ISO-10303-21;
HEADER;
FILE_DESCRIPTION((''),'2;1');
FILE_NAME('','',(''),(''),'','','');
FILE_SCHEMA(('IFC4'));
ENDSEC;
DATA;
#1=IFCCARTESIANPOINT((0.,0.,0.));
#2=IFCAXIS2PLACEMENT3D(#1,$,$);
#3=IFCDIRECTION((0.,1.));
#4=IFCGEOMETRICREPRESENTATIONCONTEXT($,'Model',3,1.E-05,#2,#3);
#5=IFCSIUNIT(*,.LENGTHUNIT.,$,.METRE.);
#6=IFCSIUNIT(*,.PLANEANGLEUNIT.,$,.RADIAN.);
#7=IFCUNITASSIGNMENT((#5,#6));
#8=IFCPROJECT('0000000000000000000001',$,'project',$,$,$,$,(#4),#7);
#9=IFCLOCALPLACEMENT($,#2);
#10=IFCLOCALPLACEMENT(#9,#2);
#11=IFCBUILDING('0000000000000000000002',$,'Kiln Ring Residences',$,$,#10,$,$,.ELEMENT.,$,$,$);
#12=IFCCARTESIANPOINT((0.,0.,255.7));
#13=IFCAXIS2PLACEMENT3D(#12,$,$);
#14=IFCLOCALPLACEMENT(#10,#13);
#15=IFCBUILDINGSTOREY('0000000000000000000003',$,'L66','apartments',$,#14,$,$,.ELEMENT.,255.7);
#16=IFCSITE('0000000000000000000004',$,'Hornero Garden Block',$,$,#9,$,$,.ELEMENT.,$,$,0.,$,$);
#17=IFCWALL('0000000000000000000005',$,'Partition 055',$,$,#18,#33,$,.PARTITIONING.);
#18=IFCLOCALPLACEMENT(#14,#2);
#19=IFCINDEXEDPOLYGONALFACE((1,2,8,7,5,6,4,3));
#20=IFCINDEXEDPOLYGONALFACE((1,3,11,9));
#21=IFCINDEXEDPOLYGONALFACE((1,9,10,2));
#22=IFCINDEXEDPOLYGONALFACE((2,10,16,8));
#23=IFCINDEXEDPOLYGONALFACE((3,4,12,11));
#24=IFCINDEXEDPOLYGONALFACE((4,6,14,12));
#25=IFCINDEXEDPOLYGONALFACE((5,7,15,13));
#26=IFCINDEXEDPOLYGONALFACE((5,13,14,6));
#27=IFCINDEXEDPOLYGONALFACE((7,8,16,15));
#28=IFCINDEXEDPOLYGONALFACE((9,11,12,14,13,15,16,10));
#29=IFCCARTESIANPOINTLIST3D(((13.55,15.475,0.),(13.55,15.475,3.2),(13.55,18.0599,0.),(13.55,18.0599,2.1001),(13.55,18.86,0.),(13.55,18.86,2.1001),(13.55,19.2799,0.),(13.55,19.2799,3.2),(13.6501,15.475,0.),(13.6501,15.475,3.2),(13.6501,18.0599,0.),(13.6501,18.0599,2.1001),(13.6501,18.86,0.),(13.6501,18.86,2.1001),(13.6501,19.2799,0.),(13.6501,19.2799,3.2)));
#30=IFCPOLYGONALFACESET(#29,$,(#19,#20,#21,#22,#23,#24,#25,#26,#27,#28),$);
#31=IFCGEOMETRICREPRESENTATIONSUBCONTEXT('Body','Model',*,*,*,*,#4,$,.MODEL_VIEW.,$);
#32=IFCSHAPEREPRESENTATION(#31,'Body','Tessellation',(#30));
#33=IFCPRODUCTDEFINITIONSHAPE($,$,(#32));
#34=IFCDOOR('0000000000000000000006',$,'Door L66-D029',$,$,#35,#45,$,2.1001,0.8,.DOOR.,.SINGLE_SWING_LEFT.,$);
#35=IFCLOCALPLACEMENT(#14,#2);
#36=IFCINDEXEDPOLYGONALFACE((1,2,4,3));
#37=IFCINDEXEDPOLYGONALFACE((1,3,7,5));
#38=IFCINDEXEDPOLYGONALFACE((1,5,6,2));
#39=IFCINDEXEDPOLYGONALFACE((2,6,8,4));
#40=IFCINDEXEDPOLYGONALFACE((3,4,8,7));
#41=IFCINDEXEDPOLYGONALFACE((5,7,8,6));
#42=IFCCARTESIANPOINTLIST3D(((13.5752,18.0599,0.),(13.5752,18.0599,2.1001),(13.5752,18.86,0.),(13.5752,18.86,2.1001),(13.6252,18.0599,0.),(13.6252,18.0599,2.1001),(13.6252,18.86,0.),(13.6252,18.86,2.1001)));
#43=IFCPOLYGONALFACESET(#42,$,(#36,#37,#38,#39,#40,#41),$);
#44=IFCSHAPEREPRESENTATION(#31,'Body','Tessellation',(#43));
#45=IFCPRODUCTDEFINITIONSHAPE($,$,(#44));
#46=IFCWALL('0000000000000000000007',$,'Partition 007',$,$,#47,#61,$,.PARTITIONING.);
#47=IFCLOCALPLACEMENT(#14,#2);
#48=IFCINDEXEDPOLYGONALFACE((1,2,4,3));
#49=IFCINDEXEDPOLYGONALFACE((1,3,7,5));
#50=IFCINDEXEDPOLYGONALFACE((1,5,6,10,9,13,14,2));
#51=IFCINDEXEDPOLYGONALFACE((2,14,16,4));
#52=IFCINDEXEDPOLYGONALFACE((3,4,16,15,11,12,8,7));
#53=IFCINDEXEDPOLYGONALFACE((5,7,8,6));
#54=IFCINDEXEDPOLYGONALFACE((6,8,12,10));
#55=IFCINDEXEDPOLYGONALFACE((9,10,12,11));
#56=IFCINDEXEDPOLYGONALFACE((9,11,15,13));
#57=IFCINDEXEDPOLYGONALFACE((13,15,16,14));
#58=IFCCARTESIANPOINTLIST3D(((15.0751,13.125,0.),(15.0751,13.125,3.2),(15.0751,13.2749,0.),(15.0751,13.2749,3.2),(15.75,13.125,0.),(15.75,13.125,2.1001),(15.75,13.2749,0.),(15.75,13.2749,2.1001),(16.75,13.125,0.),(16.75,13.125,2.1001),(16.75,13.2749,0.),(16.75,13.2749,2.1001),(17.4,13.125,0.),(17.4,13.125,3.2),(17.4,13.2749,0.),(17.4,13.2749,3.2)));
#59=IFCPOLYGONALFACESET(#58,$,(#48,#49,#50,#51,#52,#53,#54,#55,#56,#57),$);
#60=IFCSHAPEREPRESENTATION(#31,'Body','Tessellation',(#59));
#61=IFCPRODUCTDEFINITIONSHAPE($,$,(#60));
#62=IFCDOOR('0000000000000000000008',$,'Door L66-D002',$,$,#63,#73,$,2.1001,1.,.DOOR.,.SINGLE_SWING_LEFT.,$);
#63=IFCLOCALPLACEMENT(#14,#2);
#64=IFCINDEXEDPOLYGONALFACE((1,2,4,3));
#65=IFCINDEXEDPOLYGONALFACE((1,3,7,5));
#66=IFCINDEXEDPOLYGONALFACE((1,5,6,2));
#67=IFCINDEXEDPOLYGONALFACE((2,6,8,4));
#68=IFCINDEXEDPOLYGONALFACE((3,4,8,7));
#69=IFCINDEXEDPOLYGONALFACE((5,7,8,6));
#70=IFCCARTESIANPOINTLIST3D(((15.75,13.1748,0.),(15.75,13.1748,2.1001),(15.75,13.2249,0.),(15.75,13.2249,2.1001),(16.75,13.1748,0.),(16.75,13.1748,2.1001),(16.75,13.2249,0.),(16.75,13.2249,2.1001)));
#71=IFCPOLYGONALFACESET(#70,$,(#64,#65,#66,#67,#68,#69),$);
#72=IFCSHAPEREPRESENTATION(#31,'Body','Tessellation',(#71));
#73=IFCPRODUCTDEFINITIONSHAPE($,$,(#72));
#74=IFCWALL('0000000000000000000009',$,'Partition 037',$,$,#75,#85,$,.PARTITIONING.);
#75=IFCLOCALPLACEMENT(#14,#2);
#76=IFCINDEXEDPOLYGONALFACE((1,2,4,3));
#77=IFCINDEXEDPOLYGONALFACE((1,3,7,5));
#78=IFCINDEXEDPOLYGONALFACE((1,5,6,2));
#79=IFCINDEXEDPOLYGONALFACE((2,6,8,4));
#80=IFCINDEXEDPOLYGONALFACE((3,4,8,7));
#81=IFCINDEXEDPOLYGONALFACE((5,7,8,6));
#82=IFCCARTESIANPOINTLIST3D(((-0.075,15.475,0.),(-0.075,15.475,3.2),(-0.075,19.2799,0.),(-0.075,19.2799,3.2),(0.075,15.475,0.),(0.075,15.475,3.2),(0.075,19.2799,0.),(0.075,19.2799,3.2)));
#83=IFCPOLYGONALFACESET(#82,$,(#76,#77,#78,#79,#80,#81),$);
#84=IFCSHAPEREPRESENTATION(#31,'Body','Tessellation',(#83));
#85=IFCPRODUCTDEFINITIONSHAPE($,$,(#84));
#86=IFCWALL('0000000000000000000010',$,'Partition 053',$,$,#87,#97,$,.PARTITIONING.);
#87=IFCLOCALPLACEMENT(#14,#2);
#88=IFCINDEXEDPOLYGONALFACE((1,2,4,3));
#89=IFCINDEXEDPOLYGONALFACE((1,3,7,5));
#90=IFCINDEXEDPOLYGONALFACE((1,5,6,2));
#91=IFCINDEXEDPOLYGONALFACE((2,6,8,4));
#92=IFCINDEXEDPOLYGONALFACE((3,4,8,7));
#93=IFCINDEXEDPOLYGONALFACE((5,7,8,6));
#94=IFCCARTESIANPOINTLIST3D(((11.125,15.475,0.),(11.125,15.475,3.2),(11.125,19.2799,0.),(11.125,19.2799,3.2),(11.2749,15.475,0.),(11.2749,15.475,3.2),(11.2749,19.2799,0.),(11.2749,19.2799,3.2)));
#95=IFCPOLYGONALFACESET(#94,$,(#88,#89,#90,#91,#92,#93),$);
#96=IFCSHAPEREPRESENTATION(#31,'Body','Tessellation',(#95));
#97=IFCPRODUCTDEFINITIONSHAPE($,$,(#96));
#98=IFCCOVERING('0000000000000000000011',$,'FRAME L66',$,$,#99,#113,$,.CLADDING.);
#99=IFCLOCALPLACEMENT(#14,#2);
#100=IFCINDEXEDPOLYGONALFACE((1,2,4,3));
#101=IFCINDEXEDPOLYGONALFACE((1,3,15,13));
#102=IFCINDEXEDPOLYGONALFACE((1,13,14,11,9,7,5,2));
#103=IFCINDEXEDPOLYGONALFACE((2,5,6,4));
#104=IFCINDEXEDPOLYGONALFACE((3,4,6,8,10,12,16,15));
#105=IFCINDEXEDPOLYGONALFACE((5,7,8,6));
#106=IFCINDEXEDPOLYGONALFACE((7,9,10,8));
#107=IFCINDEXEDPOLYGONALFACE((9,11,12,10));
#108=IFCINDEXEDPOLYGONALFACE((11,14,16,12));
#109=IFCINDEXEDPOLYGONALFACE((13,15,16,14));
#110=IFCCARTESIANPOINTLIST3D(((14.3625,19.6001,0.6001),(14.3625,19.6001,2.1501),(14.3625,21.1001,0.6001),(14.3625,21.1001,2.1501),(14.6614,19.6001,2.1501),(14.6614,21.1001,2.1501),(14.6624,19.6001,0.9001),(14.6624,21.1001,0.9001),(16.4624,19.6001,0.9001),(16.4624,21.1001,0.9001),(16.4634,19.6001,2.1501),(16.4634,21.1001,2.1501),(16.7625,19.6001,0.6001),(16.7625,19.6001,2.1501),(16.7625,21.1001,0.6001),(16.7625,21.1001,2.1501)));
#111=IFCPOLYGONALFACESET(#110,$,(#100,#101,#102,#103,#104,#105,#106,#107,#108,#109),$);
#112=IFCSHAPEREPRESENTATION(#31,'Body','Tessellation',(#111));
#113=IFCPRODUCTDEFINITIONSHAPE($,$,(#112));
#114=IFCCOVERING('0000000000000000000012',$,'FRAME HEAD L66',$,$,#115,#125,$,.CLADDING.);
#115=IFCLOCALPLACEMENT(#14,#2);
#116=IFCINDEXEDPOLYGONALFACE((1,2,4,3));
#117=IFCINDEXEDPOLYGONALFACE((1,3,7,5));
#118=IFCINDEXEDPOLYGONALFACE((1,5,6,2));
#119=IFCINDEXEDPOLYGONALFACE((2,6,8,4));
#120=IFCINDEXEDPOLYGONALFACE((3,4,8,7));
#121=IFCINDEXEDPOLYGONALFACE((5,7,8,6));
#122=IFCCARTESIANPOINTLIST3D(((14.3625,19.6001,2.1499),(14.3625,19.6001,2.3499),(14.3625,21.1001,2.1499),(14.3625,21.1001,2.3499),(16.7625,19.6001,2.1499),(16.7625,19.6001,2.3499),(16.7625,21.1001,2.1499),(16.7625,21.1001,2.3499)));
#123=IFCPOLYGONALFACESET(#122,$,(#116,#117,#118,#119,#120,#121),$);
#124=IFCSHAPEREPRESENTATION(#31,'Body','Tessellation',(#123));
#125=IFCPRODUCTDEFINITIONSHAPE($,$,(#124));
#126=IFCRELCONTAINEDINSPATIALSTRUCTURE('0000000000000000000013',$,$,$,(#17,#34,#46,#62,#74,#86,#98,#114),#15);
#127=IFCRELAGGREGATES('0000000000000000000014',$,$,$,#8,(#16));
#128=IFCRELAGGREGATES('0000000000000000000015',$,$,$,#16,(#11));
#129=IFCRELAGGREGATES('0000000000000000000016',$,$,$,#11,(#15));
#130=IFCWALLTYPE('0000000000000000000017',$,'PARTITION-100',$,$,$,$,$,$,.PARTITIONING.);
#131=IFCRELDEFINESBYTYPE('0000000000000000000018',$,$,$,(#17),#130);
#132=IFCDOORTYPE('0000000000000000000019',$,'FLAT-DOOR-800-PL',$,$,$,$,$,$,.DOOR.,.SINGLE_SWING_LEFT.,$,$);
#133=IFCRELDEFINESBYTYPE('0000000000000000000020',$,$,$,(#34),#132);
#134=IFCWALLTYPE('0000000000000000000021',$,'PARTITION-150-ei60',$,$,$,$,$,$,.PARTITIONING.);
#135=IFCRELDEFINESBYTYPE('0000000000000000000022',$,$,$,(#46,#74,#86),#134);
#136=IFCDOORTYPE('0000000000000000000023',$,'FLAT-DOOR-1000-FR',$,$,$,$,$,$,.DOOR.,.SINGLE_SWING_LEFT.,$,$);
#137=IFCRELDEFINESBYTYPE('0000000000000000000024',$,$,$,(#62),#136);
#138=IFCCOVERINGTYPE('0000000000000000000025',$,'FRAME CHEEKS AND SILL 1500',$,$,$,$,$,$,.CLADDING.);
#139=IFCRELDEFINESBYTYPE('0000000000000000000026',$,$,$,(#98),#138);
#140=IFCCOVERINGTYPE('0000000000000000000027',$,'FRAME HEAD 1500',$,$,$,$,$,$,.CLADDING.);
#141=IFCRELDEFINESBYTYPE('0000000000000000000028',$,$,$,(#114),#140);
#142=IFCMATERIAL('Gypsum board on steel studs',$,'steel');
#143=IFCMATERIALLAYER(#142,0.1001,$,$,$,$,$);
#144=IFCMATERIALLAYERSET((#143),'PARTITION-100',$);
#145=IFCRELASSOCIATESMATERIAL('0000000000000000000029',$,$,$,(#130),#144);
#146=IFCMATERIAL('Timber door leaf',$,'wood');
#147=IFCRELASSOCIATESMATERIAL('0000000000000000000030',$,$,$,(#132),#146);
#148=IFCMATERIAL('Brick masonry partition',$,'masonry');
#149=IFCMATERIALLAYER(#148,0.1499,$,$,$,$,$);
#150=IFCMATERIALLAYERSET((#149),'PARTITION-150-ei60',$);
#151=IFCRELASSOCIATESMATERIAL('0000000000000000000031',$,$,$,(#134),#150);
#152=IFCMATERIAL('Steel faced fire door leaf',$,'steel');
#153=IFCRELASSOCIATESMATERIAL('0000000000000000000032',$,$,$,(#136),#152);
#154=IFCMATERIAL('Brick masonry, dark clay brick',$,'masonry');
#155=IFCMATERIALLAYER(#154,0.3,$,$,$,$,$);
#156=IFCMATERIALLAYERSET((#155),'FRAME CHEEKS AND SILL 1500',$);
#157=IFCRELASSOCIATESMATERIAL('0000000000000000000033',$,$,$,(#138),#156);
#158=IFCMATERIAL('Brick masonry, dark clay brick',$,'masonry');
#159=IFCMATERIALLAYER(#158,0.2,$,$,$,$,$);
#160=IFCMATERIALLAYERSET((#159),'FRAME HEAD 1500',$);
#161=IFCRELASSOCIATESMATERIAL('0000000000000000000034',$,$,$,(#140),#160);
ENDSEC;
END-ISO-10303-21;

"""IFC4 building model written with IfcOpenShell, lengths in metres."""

from ifc_helpers import new_model, si_unit, direction, frame, frame_2d, origin, origin_2d, place, context, subcontext, project, spatial, polyline, rectangle, outline, extrude, material, layer, layer_set, type_object, element, fill, save


model = new_model("IFC4")

# Units and contexts
model_context = context("Model", 3, precision=1e-05, world=origin(), true_north=direction((0.0, 1.0)))
body_context = subcontext(model_context, "Body", "Model", "MODEL_VIEW")
ifc_project = project(units=[si_unit("LENGTHUNIT", "METRE"), si_unit("PLANEANGLEUNIT", "RADIAN")], contexts=[model_context])

# Site, building, storey
site_placement = place(None, origin())
site = spatial("IfcSite", under=ifc_project, at=site_placement, Name="Hornero Garden Block", CompositionType="ELEMENT", RefElevation=0.0)
building_placement = place(site_placement, origin())
building = spatial("IfcBuilding", under=site, at=building_placement, Name="Kiln Ring Residences", CompositionType="ELEMENT")
storey_placement = place(building_placement, frame((0.0, 0.0, 255.7)))
storey = spatial("IfcBuildingStorey", under=building, at=storey_placement, Name="L66", Description="apartments", CompositionType="ELEMENT", Elevation=255.7)

# Walls, openings, doors
ifc_material_1 = material(Name="Gypsum board on steel studs", Category="steel")
ifc_layer_1 = layer(ifc_material_1, 0.1001)
ifc_layer_set_1 = layer_set([ifc_layer_1], Name="PARTITION-100")
wall_type_1 = type_object("IfcWallType", Name="PARTITION-100", PredefinedType="PARTITIONING", material=ifc_layer_set_1)
ifc_material_2 = material(Name="Timber door leaf", Category="wood")
door_type_1 = type_object("IfcDoorType", Name="FLAT-DOOR-800-PL", OperationType="SINGLE_SWING_LEFT", PredefinedType="DOOR", material=ifc_material_2)
wall_1_placement = place(storey_placement, frame((13.6001, 15.4751, 0.0), z_axis=(0.0, 0.0, 1.0), x_axis=(0.0, 1.0, 0.0)))
wall_1 = element("IfcWall", 1, at=wall_1_placement, inside=storey, type_object=wall_type_1, Name="Partition 055", PredefinedType="PARTITIONING", context=body_context, shape_type="SweptSolid", body=[
    extrude(rectangle(XDim=3.8049, YDim=0.1001, at=frame_2d((1.9023, 0.0))), origin(), (0.0, 0.0, 1.0), 3.2),
])
opening_1_placement = place(wall_1_placement, frame((2.585, 0.0, 0.0)))
opening_1 = element("IfcOpeningElement", 2, at=opening_1_placement, cuts=wall_1, PredefinedType="OPENING", context=body_context, shape_type="SweptSolid", body=[
    extrude(rectangle(XDim=0.8, YDim=2.1001, at=frame_2d((0.3999, 1.05))), frame((0.0, 0.0601, 0.0), z_axis=(0.0, -1.0, 0.0), x_axis=(1.0, 0.0, 0.0)), (0.0, 0.0, 1.0), 0.1201),
])
door_1_placement = place(opening_1_placement, origin())
door_1 = element("IfcDoor", 3, at=door_1_placement, inside=storey, type_object=door_type_1, Name="Door L66-D029", OperationType="SINGLE_SWING_LEFT", OverallHeight=2.1001, OverallWidth=0.8, PredefinedType="DOOR", context=body_context, shape_type="SweptSolid", body=[
    extrude(rectangle(XDim=0.8, YDim=2.1001, at=frame_2d((0.3999, 1.05))), frame((0.0, 0.0249, 0.0), z_axis=(0.0, -1.0, 0.0), x_axis=(1.0, 0.0, 0.0)), (0.0, 0.0, 1.0), 0.05),
])
fill(opening_1, door_1)
ifc_material_3 = material(Name="Brick masonry partition", Category="masonry")
ifc_layer_2 = layer(ifc_material_3, 0.1499)
ifc_layer_set_2 = layer_set([ifc_layer_2], Name="PARTITION-150-ei60")
wall_type_2 = type_object("IfcWallType", Name="PARTITION-150-ei60", PredefinedType="PARTITIONING", material=ifc_layer_set_2)
wall_2_placement = place(storey_placement, frame((15.075, 13.2, 0.0), z_axis=(0.0, 0.0, 1.0), x_axis=(1.0, 0.0, 0.0)))
wall_2 = element("IfcWall", 4, at=wall_2_placement, inside=storey, type_object=wall_type_2, Name="Partition 007", PredefinedType="PARTITIONING", context=body_context, shape_type="SweptSolid", body=[
    extrude(rectangle(XDim=2.325, YDim=0.1499, at=frame_2d((1.1626, 0.0))), origin(), (0.0, 0.0, 1.0), 3.2),
])
opening_2_placement = place(wall_2_placement, frame((0.675, 0.0, 0.0)))
opening_2 = element("IfcOpeningElement", 5, at=opening_2_placement, cuts=wall_2, PredefinedType="OPENING", context=body_context, shape_type="SweptSolid", body=[
    extrude(rectangle(XDim=1.0, YDim=2.1001, at=frame_2d((0.5, 1.05))), frame((0.0, 0.085, 0.0), z_axis=(0.0, -1.0, 0.0), x_axis=(1.0, 0.0, 0.0)), (0.0, 0.0, 1.0), 0.1699),
])
ifc_material_4 = material(Name="Steel faced fire door leaf", Category="steel")
door_type_2 = type_object("IfcDoorType", Name="FLAT-DOOR-1000-FR", OperationType="SINGLE_SWING_LEFT", PredefinedType="DOOR", material=ifc_material_4)
door_2_placement = place(opening_2_placement, origin())
door_2 = element("IfcDoor", 6, at=door_2_placement, inside=storey, type_object=door_type_2, Name="Door L66-D002", OperationType="SINGLE_SWING_LEFT", OverallHeight=2.1001, OverallWidth=1.0, PredefinedType="DOOR", context=body_context, shape_type="SweptSolid", body=[
    extrude(rectangle(XDim=1.0, YDim=2.1001, at=frame_2d((0.5, 1.05))), frame((0.0, 0.0249, 0.0), z_axis=(0.0, -1.0, 0.0), x_axis=(1.0, 0.0, 0.0)), (0.0, 0.0, 1.0), 0.05),
])
fill(opening_2, door_2)

# Walls
for number, where, z_axis, x_axis, name in (
    (7, (0.0, 15.4751, 0.0), (0.0, 0.0, 1.0), (0.0, 1.0, 0.0), "Partition 037"),
    (8, (11.2, 15.4751, 0.0), (0.0, 0.0, 1.0), (0.0, 1.0, 0.0), "Partition 053"),
):
    element("IfcWall", number, at=place(storey_placement, frame(where, z_axis=z_axis, x_axis=x_axis)), inside=storey, type_object=wall_type_2, Name=name, PredefinedType="PARTITIONING", context=body_context, shape_type="SweptSolid", body=[
        extrude(rectangle(XDim=3.8049, YDim=0.1499, at=frame_2d((1.9023, 0.0))), origin(), (0.0, 0.0, 1.0), 3.2),
    ])

# Coverings
ifc_material_5 = material(Name="Brick masonry, dark clay brick", Category="masonry")
ifc_layer_3 = layer(ifc_material_5, 0.3)
ifc_layer_set_3 = layer_set([ifc_layer_3], Name="FRAME CHEEKS AND SILL 1500")
covering_type_1 = type_object("IfcCoveringType", Name="FRAME CHEEKS AND SILL 1500", PredefinedType="CLADDING", material=ifc_layer_set_3)
covering_1_placement = place(storey_placement, frame((16.7625, 20.3501, 0.6001), z_axis=(0.0, 0.0, 1.0), x_axis=(-1.0, 0.0, 0.0)))
element("IfcCovering", 9, at=covering_1_placement, inside=storey, type_object=covering_type_1, Name="FRAME L66", PredefinedType="CLADDING", context=body_context, shape_type="SweptSolid", body=[
    extrude(outline(polyline([(0.0, 0.0), (2.3999, 0.0), (2.3999, 1.55), (2.1011, 1.55), (2.1001, 0.3), (0.3, 0.3), (0.2991, 1.55), (0.0, 1.55), (0.0, 0.0)])), frame((0.0, 0.75, 0.0), z_axis=(0.0, -1.0, 0.0), x_axis=(1.0, 0.0, 0.0)), (0.0, 0.0, 1.0), 1.5),
])
ifc_material_6 = material(Name="Brick masonry, dark clay brick", Category="masonry")
ifc_layer_4 = layer(ifc_material_6, 0.2)
ifc_layer_set_4 = layer_set([ifc_layer_4], Name="FRAME HEAD 1500")
covering_type_2 = type_object("IfcCoveringType", Name="FRAME HEAD 1500", PredefinedType="CLADDING", material=ifc_layer_set_4)
covering_2_placement = place(storey_placement, frame((15.5625, 20.3501, 2.1499), z_axis=(0.0, 0.0, 1.0), x_axis=(-1.0, 0.0, 0.0)))
element("IfcCovering", 10, at=covering_2_placement, inside=storey, type_object=covering_type_2, Name="FRAME HEAD L66", PredefinedType="CLADDING", context=body_context, shape_type="SweptSolid", body=[
    extrude(rectangle(XDim=2.3999, YDim=1.5, at=origin_2d()), origin(), (0.0, 0.0, 1.0), 0.2),
])

save(model, "model.ifc")
